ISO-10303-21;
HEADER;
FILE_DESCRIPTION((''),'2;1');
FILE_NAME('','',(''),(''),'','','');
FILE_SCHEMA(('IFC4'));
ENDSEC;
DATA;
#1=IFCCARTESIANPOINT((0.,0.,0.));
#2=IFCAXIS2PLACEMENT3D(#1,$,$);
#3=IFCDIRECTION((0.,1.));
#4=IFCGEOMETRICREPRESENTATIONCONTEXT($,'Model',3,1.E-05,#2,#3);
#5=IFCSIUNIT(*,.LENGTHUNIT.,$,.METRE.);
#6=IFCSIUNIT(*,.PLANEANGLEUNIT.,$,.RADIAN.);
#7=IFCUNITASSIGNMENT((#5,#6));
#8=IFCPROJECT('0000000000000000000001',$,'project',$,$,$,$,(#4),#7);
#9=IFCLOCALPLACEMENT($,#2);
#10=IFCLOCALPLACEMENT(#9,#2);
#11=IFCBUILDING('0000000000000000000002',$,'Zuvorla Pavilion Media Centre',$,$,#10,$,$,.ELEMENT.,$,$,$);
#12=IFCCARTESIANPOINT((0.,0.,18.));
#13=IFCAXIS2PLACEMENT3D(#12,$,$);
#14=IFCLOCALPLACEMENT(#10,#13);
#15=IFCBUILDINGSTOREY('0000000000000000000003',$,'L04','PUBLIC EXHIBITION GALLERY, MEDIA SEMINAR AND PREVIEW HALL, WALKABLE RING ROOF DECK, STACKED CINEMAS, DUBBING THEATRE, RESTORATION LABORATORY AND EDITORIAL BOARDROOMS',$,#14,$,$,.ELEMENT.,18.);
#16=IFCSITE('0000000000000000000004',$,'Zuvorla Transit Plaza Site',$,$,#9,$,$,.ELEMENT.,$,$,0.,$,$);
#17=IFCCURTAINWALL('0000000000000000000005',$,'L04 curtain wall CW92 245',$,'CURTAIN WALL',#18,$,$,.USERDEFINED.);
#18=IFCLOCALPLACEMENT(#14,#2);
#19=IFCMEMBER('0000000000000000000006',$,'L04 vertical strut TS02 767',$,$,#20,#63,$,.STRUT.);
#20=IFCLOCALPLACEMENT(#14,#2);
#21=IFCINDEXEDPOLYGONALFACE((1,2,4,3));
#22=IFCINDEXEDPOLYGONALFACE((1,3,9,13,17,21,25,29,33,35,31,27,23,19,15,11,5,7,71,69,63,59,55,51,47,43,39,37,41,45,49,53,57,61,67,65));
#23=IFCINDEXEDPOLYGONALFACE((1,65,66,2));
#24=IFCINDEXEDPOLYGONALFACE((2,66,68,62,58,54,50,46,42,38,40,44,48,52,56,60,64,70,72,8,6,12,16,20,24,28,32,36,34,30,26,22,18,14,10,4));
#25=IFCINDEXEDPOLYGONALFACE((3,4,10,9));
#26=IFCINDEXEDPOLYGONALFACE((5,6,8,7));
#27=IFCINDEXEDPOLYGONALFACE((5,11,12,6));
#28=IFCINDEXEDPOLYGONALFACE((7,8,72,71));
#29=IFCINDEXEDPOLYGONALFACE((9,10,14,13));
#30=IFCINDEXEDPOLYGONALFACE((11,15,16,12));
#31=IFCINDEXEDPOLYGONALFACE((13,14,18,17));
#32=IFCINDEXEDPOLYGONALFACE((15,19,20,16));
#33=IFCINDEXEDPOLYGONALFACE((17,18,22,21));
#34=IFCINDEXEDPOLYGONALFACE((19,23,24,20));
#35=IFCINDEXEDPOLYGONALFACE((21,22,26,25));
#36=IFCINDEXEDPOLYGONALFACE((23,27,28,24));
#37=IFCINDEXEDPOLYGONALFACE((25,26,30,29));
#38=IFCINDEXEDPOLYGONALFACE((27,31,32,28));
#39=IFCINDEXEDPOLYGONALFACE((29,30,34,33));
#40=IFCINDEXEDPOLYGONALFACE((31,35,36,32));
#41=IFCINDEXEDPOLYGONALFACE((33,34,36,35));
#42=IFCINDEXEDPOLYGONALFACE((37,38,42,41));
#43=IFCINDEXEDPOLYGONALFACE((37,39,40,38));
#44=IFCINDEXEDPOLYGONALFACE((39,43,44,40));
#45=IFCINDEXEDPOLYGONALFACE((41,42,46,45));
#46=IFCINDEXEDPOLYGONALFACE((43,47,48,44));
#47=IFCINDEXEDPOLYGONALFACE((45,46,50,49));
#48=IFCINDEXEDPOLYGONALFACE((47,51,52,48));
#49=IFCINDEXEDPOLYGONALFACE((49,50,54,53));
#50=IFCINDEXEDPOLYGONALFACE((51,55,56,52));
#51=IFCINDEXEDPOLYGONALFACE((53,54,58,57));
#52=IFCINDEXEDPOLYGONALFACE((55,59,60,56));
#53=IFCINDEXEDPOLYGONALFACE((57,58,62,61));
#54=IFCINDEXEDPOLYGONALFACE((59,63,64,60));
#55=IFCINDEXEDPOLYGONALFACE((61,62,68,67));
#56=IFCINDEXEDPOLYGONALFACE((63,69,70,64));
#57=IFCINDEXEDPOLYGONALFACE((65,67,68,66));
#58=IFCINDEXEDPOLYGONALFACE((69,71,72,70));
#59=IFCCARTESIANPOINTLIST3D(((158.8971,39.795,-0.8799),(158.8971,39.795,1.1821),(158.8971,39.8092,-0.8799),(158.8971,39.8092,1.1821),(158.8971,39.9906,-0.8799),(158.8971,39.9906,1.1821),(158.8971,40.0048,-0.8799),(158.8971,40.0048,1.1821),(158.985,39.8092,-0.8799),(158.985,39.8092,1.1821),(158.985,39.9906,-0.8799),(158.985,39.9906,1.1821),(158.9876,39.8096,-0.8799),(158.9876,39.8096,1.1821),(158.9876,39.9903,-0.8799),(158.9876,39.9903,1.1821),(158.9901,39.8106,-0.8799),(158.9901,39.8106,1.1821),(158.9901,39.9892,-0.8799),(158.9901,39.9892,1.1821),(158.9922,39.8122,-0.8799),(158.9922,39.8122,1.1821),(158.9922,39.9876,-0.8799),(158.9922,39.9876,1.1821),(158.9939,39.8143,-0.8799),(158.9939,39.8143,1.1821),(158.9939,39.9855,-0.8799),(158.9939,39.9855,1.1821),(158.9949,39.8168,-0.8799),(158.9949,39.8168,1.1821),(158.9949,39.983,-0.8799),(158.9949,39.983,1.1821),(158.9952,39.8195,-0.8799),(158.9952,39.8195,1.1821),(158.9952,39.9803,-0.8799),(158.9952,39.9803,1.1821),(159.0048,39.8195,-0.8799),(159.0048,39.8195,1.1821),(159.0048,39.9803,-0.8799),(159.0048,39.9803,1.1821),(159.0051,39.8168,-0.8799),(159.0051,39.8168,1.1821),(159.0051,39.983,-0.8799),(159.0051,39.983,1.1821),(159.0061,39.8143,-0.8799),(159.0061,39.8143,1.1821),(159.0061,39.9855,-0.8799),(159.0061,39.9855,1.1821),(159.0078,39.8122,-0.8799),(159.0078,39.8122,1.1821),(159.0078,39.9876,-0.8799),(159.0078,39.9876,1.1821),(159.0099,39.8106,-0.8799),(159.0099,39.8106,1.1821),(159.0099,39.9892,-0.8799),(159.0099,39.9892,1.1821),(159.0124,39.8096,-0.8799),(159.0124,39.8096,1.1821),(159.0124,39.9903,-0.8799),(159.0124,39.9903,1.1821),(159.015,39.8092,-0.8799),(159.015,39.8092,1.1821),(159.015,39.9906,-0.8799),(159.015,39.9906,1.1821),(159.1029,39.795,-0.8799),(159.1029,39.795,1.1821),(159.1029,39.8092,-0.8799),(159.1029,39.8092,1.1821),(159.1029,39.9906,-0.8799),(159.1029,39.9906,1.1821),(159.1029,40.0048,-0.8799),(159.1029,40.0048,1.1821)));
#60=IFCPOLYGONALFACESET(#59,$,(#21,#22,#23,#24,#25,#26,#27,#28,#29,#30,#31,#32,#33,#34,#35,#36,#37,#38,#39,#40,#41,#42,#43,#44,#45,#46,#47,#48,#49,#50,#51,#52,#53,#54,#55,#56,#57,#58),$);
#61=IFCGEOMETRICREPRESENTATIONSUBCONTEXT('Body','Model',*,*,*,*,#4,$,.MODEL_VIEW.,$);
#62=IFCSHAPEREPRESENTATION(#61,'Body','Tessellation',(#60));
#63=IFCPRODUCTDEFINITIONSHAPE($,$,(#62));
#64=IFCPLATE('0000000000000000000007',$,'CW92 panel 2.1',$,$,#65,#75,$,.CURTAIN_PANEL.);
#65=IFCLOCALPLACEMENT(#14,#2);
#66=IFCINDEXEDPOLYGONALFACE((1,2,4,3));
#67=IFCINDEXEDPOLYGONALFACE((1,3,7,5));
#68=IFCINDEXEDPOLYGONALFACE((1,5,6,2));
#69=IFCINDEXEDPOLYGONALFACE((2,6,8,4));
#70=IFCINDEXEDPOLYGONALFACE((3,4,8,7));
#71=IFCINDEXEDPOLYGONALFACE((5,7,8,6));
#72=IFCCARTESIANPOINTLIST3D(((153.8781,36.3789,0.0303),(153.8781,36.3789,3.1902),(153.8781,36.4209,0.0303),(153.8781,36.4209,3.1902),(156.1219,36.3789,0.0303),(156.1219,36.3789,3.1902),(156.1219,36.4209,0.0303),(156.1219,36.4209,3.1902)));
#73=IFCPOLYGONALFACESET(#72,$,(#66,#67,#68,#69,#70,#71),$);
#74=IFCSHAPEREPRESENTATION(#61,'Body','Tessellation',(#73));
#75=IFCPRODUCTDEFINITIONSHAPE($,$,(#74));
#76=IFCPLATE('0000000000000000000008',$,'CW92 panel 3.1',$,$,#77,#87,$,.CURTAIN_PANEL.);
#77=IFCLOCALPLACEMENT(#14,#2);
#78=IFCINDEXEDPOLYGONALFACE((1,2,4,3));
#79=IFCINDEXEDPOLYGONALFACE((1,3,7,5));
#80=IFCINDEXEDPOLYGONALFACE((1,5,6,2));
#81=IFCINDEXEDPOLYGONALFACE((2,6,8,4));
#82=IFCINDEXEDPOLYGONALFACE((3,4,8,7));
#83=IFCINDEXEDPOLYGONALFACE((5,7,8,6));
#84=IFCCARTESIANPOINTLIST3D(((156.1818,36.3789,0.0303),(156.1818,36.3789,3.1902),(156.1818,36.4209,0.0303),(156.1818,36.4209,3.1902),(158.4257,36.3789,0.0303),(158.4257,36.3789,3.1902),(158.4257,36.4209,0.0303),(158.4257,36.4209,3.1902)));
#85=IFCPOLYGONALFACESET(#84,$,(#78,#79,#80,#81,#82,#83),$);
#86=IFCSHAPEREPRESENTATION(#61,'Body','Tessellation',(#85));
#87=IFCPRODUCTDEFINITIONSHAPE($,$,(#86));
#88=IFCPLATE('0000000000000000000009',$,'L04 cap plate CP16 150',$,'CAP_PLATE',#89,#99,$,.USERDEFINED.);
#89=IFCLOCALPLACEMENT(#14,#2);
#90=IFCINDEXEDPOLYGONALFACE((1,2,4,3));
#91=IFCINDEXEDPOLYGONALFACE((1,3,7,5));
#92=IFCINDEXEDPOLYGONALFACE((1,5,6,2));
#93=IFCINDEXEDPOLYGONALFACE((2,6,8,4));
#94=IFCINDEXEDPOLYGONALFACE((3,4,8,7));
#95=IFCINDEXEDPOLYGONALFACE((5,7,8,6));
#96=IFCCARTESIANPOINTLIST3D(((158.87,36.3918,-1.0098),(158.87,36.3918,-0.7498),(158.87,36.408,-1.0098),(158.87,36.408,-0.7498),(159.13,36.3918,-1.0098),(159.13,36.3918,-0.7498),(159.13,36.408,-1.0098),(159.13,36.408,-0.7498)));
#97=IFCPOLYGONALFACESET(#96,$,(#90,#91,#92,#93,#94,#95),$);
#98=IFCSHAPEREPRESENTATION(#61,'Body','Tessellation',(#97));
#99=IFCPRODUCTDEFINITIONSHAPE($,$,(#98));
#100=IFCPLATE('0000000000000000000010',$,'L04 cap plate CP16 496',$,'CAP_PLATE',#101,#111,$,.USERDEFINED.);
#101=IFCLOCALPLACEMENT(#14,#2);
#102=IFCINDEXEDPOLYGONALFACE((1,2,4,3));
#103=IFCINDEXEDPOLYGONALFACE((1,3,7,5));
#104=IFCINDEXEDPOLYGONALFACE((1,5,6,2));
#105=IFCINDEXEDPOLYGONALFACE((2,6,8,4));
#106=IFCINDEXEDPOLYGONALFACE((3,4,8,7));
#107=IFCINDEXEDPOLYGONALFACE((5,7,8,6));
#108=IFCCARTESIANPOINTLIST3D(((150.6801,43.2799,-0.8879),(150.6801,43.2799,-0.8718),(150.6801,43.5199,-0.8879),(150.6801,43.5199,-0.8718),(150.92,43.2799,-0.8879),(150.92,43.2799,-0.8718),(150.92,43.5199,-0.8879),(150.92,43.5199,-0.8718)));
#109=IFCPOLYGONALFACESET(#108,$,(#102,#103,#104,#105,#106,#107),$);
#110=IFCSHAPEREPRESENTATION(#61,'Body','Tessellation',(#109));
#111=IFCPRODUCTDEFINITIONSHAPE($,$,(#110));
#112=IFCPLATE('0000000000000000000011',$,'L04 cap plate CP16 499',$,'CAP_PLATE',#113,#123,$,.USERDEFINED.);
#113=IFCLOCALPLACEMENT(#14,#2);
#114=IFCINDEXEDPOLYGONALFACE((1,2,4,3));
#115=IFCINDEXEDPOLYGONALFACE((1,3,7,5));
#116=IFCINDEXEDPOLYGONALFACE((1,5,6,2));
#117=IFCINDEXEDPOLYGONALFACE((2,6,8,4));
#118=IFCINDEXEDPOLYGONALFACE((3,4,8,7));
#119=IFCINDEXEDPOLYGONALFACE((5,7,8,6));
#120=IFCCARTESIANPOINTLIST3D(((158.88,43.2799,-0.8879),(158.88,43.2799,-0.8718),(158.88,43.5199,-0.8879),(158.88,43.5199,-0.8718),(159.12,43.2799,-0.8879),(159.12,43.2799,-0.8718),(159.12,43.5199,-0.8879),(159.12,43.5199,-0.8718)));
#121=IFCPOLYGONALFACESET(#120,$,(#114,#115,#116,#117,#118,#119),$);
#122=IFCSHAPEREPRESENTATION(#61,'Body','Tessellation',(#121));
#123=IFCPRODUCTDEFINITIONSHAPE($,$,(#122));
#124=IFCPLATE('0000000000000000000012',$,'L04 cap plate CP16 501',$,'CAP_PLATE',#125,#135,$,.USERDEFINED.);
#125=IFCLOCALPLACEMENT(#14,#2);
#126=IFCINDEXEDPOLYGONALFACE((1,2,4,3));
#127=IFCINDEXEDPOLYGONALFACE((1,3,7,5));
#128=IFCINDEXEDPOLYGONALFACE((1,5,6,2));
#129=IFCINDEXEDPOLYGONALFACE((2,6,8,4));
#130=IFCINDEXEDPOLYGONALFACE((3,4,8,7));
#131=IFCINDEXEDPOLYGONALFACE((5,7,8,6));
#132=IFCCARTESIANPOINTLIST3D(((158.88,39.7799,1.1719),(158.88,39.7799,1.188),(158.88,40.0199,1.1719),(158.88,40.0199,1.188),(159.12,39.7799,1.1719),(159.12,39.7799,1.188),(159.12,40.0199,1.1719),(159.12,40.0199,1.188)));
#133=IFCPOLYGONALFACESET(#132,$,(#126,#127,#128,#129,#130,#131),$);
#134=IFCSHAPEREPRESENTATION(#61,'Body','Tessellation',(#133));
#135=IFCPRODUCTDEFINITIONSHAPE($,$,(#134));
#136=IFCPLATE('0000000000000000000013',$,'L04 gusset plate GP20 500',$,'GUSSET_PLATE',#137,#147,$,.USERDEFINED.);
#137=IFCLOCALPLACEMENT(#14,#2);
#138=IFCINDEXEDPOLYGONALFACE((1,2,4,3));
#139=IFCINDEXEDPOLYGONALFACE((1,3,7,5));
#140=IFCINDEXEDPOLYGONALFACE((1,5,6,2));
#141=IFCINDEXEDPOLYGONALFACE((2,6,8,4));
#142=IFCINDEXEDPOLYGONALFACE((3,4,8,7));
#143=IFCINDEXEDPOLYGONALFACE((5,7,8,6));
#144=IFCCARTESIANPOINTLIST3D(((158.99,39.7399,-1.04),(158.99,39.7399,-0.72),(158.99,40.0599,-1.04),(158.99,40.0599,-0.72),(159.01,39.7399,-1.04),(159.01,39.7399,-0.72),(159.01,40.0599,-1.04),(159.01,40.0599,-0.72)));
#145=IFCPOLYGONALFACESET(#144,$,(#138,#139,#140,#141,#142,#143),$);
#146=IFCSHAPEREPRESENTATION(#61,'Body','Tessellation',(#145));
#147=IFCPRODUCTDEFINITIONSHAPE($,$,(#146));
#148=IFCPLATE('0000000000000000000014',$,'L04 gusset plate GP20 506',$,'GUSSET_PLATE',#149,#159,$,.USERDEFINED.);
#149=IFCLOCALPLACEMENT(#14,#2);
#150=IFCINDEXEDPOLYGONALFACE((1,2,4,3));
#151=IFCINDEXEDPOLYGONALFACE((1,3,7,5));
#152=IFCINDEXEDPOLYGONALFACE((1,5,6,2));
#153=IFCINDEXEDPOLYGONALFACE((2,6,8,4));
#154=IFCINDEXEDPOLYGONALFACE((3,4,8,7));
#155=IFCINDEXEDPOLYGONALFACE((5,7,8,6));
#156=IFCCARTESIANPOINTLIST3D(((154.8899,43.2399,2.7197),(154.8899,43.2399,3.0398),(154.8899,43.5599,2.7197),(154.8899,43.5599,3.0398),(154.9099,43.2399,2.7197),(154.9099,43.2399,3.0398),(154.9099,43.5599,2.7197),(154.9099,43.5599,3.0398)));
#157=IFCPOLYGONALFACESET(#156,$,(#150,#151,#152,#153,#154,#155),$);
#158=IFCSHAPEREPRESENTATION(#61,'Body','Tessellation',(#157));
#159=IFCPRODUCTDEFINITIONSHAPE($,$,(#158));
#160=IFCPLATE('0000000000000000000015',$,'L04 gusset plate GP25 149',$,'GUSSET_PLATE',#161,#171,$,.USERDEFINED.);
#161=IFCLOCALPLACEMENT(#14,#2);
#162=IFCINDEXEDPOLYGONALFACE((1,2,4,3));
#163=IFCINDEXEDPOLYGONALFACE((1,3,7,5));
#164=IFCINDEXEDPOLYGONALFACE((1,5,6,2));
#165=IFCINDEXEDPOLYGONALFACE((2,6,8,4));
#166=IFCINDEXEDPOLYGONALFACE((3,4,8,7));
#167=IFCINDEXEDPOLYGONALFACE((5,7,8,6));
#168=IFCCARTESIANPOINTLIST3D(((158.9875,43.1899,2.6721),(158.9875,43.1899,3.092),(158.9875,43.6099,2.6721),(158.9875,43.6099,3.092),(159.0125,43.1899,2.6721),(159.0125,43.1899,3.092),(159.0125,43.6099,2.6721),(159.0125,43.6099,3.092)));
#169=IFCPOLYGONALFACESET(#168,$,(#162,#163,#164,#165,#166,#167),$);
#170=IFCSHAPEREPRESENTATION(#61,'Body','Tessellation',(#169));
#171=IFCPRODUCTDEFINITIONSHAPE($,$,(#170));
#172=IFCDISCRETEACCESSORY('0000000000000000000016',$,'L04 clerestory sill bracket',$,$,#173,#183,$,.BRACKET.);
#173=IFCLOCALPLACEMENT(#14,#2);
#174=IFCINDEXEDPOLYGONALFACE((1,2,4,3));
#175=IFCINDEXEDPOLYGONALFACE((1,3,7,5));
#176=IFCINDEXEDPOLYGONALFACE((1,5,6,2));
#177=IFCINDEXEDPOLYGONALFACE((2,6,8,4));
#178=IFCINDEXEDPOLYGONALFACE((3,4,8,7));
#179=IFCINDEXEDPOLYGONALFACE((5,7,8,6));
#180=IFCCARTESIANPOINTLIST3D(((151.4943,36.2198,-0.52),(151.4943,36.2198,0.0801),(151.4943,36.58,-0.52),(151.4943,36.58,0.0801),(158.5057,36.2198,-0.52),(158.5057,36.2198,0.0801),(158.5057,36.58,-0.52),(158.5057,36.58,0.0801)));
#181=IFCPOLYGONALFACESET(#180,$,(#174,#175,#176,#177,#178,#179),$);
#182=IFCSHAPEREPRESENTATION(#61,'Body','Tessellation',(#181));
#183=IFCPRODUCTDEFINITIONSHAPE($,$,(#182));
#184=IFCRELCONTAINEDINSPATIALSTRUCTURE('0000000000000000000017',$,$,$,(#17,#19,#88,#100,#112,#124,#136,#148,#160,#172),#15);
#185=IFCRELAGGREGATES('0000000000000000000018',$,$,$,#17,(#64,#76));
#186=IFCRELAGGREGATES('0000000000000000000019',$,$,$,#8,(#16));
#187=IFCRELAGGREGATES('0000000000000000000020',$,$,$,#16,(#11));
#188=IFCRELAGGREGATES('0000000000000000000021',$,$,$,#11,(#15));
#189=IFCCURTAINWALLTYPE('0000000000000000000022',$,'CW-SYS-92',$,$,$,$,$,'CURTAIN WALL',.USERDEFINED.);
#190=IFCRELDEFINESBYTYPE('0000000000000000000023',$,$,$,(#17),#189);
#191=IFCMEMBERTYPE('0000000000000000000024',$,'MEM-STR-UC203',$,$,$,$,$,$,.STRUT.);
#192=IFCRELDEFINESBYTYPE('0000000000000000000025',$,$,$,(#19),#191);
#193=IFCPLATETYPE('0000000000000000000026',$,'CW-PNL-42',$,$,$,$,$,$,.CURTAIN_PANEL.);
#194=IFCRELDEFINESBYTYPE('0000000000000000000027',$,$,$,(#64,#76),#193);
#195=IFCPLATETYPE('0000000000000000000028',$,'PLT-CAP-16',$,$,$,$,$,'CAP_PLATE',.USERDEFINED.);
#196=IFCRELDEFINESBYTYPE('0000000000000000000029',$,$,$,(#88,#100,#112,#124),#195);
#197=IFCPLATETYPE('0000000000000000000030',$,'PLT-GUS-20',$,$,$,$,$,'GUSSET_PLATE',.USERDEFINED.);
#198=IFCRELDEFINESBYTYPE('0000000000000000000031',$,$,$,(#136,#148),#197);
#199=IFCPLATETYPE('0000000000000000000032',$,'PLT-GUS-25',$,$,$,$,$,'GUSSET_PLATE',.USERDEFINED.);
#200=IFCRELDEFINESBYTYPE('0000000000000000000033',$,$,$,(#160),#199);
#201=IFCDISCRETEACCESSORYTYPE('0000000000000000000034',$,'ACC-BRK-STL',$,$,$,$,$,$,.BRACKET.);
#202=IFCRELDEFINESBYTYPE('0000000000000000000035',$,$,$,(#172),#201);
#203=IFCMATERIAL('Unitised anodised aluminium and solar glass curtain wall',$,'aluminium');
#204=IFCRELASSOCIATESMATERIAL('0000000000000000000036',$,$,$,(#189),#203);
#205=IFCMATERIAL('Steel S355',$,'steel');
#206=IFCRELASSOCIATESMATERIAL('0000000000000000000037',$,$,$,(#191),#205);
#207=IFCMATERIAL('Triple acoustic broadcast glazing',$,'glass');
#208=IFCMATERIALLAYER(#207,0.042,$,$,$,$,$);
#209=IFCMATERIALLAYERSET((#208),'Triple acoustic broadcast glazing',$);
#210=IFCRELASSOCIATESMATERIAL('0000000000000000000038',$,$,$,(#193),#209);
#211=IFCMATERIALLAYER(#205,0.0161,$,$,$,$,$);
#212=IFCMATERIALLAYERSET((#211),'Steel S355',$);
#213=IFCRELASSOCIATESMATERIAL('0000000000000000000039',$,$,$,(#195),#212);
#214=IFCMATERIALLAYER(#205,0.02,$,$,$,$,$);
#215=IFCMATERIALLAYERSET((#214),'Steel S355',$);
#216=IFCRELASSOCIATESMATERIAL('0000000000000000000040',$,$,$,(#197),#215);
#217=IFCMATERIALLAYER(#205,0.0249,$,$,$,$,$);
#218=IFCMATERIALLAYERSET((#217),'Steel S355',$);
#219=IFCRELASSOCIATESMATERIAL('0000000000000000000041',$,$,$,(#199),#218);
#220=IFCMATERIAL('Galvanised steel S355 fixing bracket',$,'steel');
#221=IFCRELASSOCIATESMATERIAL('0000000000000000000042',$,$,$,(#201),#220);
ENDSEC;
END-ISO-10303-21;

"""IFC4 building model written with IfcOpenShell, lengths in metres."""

from ifc_helpers import new_model, si_unit, direction, frame, origin, origin_2d, place, context, subcontext, project, spatial, rectangle, i_section, extrude, material, layer, layer_set, material_profile, profile_set, type_object, element, aggregate, save


model = new_model("IFC4")

# Units and contexts
model_context = context("Model", 3, precision=1e-05, world=origin(), true_north=direction((0.0, 1.0)))
body_context = subcontext(model_context, "Body", "Model", "MODEL_VIEW")
ifc_project = project(units=[si_unit("LENGTHUNIT", "METRE"), si_unit("PLANEANGLEUNIT", "RADIAN")], contexts=[model_context])

# Site, building, storey
site_placement = place(None, origin())
site = spatial("IfcSite", under=ifc_project, at=site_placement, Name="Zuvorla Transit Plaza Site", CompositionType="ELEMENT", RefElevation=0.0)
building_placement = place(site_placement, origin())
building = spatial("IfcBuilding", under=site, at=building_placement, Name="Zuvorla Pavilion Media Centre", CompositionType="ELEMENT")
storey_placement = place(building_placement, frame((0.0, 0.0, 18.0)))
storey = spatial("IfcBuildingStorey", under=building, at=storey_placement, Name="L04", Description="PUBLIC EXHIBITION GALLERY, MEDIA SEMINAR AND PREVIEW HALL, WALKABLE RING ROOF DECK, STACKED CINEMAS, DUBBING THEATRE, RESTORATION LABORATORY AND EDITORIAL BOARDROOMS", CompositionType="ELEMENT", Elevation=18.0)

# Curtain wall
ifc_material_1 = material(Name="Unitised anodised aluminium and solar glass curtain wall", Category="aluminium")
curtain_wall_type = type_object("IfcCurtainWallType", Name="CW-SYS-92", ElementType="CURTAIN WALL", PredefinedType="USERDEFINED", material=ifc_material_1)
curtain_wall_placement = place(storey_placement, origin())
curtain_wall = element("IfcCurtainWall", 1, at=curtain_wall_placement, inside=storey, type_object=curtain_wall_type, Name="L04 curtain wall CW92 245", ObjectType="CURTAIN WALL", PredefinedType="USERDEFINED")

# Member
ifc_material_2 = material(Name="Steel S355", Category="steel")
ifc_material_profile_1 = material_profile(ifc_material_2, i_section(OverallWidth=0.2058, OverallDepth=0.2097, WebThickness=0.0095, FlangeThickness=0.0142, FilletRadius=0.0103, at=origin_2d()), Name="UC 203x203x60")
ifc_profile_set_1 = profile_set([ifc_material_profile_1], Name="Steel S355")
member_type_1 = type_object("IfcMemberType", Name="MEM-STR-UC203", PredefinedType="STRUT", material=ifc_profile_set_1)
member_1_placement = place(storey_placement, frame((159.0, 39.8999, -0.8799), z_axis=(0.0, 0.0, 1.0), x_axis=(1.0, 0.0, 0.0)))
element("IfcMember", 2, at=member_1_placement, inside=storey, type_object=member_type_1, Name="L04 vertical strut TS02 767", PredefinedType="STRUT", context=body_context, shape_type="SweptSolid", body=[
    extrude(i_section(OverallWidth=0.2058, OverallDepth=0.2097, WebThickness=0.0095, FlangeThickness=0.0142, FilletRadius=0.0103, at=origin_2d()), origin(), (0.0, 0.0, 1.0), 2.062),
])

# Plates
ifc_material_3 = material(Name="Triple acoustic broadcast glazing", Category="glass")
ifc_layer_1 = layer(ifc_material_3, 0.042)
ifc_layer_set_1 = layer_set([ifc_layer_1], Name="Triple acoustic broadcast glazing")
plate_type_1 = type_object("IfcPlateType", Name="CW-PNL-42", PredefinedType="CURTAIN_PANEL", material=ifc_layer_set_1)
plate_1_placement = place(storey_placement, frame((155.0, 36.3999, 0.0303), z_axis=(0.0, 0.0, 1.0), x_axis=(1.0, 0.0, 0.0)))
plate_1 = element("IfcPlate", 3, at=plate_1_placement, type_object=plate_type_1, Name="CW92 panel 2.1", PredefinedType="CURTAIN_PANEL", context=body_context, shape_type="SweptSolid", body=[
    extrude(rectangle(XDim=2.2439, YDim=0.042, at=origin_2d()), origin(), (0.0, 0.0, 1.0), 3.1599),
])
plate_2_placement = place(storey_placement, frame((157.3037, 36.3999, 0.0303), z_axis=(0.0, 0.0, 1.0), x_axis=(1.0, 0.0, 0.0)))
plate_2 = element("IfcPlate", 4, at=plate_2_placement, type_object=plate_type_1, Name="CW92 panel 3.1", PredefinedType="CURTAIN_PANEL", context=body_context, shape_type="SweptSolid", body=[
    extrude(rectangle(XDim=2.2439, YDim=0.042, at=origin_2d()), origin(), (0.0, 0.0, 1.0), 3.1599),
])
aggregate(curtain_wall, [plate_1, plate_2])

# Plates
ifc_layer_2 = layer(ifc_material_2, 0.0161)
ifc_layer_set_2 = layer_set([ifc_layer_2], Name="Steel S355")
plate_type_2 = type_object("IfcPlateType", Name="PLT-CAP-16", ElementType="CAP_PLATE", PredefinedType="USERDEFINED", material=ifc_layer_set_2)
plate_3_placement = place(storey_placement, frame((159.0, 36.3999, -1.0098), z_axis=(0.0, 0.0, 1.0), x_axis=(1.0, 0.0, 0.0)))
element("IfcPlate", 5, at=plate_3_placement, inside=storey, type_object=plate_type_2, Name="L04 cap plate CP16 150", ObjectType="CAP_PLATE", PredefinedType="USERDEFINED", context=body_context, shape_type="SweptSolid", body=[
    extrude(rectangle(XDim=0.26, YDim=0.0161, at=origin_2d()), origin(), (0.0, 0.0, 1.0), 0.26),
])
for number, where, z_axis, x_axis, name in (
    (6, (150.8, 43.3999, -0.8879), (0.0, 0.0, 1.0), (1.0, 0.0, 0.0), "L04 cap plate CP16 496"),
    (7, (159.0, 43.3999, -0.8879), (0.0, 0.0, 1.0), (1.0, 0.0, 0.0), "L04 cap plate CP16 499"),
    (8, (159.0, 39.8999, 1.1719), (0.0, 0.0, 1.0), (1.0, 0.0, 0.0), "L04 cap plate CP16 501"),
):
    element("IfcPlate", number, at=place(storey_placement, frame(where, z_axis=z_axis, x_axis=x_axis)), inside=storey, type_object=plate_type_2, Name=name, ObjectType="CAP_PLATE", PredefinedType="USERDEFINED", context=body_context, shape_type="SweptSolid", body=[
        extrude(rectangle(XDim=0.24, YDim=0.24, at=origin_2d()), origin(), (0.0, 0.0, 1.0), 0.0161),
    ])
ifc_layer_3 = layer(ifc_material_2, 0.02)
ifc_layer_set_3 = layer_set([ifc_layer_3], Name="Steel S355")
plate_type_3 = type_object("IfcPlateType", Name="PLT-GUS-20", ElementType="GUSSET_PLATE", PredefinedType="USERDEFINED", material=ifc_layer_set_3)
for number, where, z_axis, x_axis, name in (
    (9, (159.0, 39.8999, -1.04), (0.0, 0.0, 1.0), (1.0, 0.0, 0.0), "L04 gusset plate GP20 500"),
    (10, (154.8999, 43.3999, 2.7197), (0.0, 0.0, 1.0), (1.0, 0.0, 0.0), "L04 gusset plate GP20 506"),
):
    element("IfcPlate", number, at=place(storey_placement, frame(where, z_axis=z_axis, x_axis=x_axis)), inside=storey, type_object=plate_type_3, Name=name, ObjectType="GUSSET_PLATE", PredefinedType="USERDEFINED", context=body_context, shape_type="SweptSolid", body=[
        extrude(rectangle(XDim=0.02, YDim=0.3201, at=origin_2d()), origin(), (0.0, 0.0, 1.0), 0.3201),
    ])
ifc_layer_4 = layer(ifc_material_2, 0.0249)
ifc_layer_set_4 = layer_set([ifc_layer_4], Name="Steel S355")
plate_type_4 = type_object("IfcPlateType", Name="PLT-GUS-25", ElementType="GUSSET_PLATE", PredefinedType="USERDEFINED", material=ifc_layer_set_4)
plate_4_placement = place(storey_placement, frame((159.0, 43.3999, 2.6721), z_axis=(0.0, 0.0, 1.0), x_axis=(1.0, 0.0, 0.0)))
element("IfcPlate", 11, at=plate_4_placement, inside=storey, type_object=plate_type_4, Name="L04 gusset plate GP25 149", ObjectType="GUSSET_PLATE", PredefinedType="USERDEFINED", context=body_context, shape_type="SweptSolid", body=[
    extrude(rectangle(XDim=0.0249, YDim=0.4199, at=origin_2d()), origin(), (0.0, 0.0, 1.0), 0.4199),
])

# Discrete accessory
ifc_material_4 = material(Name="Galvanised steel S355 fixing bracket", Category="steel")
discrete_accessory_type = type_object("IfcDiscreteAccessoryType", Name="ACC-BRK-STL", PredefinedType="BRACKET", material=ifc_material_4)
discrete_accessory_placement = place(storey_placement, frame((155.0, 36.3999, -0.52), z_axis=(0.0, 0.0, 1.0), x_axis=(1.0, 0.0, 0.0)))
element("IfcDiscreteAccessory", 12, at=discrete_accessory_placement, inside=storey, type_object=discrete_accessory_type, Name="L04 clerestory sill bracket", PredefinedType="BRACKET", context=body_context, shape_type="SweptSolid", body=[
    extrude(rectangle(XDim=7.0115, YDim=0.3601, at=origin_2d()), origin(), (0.0, 0.0, 1.0), 0.6001),
])

save(model, "model.ifc")
